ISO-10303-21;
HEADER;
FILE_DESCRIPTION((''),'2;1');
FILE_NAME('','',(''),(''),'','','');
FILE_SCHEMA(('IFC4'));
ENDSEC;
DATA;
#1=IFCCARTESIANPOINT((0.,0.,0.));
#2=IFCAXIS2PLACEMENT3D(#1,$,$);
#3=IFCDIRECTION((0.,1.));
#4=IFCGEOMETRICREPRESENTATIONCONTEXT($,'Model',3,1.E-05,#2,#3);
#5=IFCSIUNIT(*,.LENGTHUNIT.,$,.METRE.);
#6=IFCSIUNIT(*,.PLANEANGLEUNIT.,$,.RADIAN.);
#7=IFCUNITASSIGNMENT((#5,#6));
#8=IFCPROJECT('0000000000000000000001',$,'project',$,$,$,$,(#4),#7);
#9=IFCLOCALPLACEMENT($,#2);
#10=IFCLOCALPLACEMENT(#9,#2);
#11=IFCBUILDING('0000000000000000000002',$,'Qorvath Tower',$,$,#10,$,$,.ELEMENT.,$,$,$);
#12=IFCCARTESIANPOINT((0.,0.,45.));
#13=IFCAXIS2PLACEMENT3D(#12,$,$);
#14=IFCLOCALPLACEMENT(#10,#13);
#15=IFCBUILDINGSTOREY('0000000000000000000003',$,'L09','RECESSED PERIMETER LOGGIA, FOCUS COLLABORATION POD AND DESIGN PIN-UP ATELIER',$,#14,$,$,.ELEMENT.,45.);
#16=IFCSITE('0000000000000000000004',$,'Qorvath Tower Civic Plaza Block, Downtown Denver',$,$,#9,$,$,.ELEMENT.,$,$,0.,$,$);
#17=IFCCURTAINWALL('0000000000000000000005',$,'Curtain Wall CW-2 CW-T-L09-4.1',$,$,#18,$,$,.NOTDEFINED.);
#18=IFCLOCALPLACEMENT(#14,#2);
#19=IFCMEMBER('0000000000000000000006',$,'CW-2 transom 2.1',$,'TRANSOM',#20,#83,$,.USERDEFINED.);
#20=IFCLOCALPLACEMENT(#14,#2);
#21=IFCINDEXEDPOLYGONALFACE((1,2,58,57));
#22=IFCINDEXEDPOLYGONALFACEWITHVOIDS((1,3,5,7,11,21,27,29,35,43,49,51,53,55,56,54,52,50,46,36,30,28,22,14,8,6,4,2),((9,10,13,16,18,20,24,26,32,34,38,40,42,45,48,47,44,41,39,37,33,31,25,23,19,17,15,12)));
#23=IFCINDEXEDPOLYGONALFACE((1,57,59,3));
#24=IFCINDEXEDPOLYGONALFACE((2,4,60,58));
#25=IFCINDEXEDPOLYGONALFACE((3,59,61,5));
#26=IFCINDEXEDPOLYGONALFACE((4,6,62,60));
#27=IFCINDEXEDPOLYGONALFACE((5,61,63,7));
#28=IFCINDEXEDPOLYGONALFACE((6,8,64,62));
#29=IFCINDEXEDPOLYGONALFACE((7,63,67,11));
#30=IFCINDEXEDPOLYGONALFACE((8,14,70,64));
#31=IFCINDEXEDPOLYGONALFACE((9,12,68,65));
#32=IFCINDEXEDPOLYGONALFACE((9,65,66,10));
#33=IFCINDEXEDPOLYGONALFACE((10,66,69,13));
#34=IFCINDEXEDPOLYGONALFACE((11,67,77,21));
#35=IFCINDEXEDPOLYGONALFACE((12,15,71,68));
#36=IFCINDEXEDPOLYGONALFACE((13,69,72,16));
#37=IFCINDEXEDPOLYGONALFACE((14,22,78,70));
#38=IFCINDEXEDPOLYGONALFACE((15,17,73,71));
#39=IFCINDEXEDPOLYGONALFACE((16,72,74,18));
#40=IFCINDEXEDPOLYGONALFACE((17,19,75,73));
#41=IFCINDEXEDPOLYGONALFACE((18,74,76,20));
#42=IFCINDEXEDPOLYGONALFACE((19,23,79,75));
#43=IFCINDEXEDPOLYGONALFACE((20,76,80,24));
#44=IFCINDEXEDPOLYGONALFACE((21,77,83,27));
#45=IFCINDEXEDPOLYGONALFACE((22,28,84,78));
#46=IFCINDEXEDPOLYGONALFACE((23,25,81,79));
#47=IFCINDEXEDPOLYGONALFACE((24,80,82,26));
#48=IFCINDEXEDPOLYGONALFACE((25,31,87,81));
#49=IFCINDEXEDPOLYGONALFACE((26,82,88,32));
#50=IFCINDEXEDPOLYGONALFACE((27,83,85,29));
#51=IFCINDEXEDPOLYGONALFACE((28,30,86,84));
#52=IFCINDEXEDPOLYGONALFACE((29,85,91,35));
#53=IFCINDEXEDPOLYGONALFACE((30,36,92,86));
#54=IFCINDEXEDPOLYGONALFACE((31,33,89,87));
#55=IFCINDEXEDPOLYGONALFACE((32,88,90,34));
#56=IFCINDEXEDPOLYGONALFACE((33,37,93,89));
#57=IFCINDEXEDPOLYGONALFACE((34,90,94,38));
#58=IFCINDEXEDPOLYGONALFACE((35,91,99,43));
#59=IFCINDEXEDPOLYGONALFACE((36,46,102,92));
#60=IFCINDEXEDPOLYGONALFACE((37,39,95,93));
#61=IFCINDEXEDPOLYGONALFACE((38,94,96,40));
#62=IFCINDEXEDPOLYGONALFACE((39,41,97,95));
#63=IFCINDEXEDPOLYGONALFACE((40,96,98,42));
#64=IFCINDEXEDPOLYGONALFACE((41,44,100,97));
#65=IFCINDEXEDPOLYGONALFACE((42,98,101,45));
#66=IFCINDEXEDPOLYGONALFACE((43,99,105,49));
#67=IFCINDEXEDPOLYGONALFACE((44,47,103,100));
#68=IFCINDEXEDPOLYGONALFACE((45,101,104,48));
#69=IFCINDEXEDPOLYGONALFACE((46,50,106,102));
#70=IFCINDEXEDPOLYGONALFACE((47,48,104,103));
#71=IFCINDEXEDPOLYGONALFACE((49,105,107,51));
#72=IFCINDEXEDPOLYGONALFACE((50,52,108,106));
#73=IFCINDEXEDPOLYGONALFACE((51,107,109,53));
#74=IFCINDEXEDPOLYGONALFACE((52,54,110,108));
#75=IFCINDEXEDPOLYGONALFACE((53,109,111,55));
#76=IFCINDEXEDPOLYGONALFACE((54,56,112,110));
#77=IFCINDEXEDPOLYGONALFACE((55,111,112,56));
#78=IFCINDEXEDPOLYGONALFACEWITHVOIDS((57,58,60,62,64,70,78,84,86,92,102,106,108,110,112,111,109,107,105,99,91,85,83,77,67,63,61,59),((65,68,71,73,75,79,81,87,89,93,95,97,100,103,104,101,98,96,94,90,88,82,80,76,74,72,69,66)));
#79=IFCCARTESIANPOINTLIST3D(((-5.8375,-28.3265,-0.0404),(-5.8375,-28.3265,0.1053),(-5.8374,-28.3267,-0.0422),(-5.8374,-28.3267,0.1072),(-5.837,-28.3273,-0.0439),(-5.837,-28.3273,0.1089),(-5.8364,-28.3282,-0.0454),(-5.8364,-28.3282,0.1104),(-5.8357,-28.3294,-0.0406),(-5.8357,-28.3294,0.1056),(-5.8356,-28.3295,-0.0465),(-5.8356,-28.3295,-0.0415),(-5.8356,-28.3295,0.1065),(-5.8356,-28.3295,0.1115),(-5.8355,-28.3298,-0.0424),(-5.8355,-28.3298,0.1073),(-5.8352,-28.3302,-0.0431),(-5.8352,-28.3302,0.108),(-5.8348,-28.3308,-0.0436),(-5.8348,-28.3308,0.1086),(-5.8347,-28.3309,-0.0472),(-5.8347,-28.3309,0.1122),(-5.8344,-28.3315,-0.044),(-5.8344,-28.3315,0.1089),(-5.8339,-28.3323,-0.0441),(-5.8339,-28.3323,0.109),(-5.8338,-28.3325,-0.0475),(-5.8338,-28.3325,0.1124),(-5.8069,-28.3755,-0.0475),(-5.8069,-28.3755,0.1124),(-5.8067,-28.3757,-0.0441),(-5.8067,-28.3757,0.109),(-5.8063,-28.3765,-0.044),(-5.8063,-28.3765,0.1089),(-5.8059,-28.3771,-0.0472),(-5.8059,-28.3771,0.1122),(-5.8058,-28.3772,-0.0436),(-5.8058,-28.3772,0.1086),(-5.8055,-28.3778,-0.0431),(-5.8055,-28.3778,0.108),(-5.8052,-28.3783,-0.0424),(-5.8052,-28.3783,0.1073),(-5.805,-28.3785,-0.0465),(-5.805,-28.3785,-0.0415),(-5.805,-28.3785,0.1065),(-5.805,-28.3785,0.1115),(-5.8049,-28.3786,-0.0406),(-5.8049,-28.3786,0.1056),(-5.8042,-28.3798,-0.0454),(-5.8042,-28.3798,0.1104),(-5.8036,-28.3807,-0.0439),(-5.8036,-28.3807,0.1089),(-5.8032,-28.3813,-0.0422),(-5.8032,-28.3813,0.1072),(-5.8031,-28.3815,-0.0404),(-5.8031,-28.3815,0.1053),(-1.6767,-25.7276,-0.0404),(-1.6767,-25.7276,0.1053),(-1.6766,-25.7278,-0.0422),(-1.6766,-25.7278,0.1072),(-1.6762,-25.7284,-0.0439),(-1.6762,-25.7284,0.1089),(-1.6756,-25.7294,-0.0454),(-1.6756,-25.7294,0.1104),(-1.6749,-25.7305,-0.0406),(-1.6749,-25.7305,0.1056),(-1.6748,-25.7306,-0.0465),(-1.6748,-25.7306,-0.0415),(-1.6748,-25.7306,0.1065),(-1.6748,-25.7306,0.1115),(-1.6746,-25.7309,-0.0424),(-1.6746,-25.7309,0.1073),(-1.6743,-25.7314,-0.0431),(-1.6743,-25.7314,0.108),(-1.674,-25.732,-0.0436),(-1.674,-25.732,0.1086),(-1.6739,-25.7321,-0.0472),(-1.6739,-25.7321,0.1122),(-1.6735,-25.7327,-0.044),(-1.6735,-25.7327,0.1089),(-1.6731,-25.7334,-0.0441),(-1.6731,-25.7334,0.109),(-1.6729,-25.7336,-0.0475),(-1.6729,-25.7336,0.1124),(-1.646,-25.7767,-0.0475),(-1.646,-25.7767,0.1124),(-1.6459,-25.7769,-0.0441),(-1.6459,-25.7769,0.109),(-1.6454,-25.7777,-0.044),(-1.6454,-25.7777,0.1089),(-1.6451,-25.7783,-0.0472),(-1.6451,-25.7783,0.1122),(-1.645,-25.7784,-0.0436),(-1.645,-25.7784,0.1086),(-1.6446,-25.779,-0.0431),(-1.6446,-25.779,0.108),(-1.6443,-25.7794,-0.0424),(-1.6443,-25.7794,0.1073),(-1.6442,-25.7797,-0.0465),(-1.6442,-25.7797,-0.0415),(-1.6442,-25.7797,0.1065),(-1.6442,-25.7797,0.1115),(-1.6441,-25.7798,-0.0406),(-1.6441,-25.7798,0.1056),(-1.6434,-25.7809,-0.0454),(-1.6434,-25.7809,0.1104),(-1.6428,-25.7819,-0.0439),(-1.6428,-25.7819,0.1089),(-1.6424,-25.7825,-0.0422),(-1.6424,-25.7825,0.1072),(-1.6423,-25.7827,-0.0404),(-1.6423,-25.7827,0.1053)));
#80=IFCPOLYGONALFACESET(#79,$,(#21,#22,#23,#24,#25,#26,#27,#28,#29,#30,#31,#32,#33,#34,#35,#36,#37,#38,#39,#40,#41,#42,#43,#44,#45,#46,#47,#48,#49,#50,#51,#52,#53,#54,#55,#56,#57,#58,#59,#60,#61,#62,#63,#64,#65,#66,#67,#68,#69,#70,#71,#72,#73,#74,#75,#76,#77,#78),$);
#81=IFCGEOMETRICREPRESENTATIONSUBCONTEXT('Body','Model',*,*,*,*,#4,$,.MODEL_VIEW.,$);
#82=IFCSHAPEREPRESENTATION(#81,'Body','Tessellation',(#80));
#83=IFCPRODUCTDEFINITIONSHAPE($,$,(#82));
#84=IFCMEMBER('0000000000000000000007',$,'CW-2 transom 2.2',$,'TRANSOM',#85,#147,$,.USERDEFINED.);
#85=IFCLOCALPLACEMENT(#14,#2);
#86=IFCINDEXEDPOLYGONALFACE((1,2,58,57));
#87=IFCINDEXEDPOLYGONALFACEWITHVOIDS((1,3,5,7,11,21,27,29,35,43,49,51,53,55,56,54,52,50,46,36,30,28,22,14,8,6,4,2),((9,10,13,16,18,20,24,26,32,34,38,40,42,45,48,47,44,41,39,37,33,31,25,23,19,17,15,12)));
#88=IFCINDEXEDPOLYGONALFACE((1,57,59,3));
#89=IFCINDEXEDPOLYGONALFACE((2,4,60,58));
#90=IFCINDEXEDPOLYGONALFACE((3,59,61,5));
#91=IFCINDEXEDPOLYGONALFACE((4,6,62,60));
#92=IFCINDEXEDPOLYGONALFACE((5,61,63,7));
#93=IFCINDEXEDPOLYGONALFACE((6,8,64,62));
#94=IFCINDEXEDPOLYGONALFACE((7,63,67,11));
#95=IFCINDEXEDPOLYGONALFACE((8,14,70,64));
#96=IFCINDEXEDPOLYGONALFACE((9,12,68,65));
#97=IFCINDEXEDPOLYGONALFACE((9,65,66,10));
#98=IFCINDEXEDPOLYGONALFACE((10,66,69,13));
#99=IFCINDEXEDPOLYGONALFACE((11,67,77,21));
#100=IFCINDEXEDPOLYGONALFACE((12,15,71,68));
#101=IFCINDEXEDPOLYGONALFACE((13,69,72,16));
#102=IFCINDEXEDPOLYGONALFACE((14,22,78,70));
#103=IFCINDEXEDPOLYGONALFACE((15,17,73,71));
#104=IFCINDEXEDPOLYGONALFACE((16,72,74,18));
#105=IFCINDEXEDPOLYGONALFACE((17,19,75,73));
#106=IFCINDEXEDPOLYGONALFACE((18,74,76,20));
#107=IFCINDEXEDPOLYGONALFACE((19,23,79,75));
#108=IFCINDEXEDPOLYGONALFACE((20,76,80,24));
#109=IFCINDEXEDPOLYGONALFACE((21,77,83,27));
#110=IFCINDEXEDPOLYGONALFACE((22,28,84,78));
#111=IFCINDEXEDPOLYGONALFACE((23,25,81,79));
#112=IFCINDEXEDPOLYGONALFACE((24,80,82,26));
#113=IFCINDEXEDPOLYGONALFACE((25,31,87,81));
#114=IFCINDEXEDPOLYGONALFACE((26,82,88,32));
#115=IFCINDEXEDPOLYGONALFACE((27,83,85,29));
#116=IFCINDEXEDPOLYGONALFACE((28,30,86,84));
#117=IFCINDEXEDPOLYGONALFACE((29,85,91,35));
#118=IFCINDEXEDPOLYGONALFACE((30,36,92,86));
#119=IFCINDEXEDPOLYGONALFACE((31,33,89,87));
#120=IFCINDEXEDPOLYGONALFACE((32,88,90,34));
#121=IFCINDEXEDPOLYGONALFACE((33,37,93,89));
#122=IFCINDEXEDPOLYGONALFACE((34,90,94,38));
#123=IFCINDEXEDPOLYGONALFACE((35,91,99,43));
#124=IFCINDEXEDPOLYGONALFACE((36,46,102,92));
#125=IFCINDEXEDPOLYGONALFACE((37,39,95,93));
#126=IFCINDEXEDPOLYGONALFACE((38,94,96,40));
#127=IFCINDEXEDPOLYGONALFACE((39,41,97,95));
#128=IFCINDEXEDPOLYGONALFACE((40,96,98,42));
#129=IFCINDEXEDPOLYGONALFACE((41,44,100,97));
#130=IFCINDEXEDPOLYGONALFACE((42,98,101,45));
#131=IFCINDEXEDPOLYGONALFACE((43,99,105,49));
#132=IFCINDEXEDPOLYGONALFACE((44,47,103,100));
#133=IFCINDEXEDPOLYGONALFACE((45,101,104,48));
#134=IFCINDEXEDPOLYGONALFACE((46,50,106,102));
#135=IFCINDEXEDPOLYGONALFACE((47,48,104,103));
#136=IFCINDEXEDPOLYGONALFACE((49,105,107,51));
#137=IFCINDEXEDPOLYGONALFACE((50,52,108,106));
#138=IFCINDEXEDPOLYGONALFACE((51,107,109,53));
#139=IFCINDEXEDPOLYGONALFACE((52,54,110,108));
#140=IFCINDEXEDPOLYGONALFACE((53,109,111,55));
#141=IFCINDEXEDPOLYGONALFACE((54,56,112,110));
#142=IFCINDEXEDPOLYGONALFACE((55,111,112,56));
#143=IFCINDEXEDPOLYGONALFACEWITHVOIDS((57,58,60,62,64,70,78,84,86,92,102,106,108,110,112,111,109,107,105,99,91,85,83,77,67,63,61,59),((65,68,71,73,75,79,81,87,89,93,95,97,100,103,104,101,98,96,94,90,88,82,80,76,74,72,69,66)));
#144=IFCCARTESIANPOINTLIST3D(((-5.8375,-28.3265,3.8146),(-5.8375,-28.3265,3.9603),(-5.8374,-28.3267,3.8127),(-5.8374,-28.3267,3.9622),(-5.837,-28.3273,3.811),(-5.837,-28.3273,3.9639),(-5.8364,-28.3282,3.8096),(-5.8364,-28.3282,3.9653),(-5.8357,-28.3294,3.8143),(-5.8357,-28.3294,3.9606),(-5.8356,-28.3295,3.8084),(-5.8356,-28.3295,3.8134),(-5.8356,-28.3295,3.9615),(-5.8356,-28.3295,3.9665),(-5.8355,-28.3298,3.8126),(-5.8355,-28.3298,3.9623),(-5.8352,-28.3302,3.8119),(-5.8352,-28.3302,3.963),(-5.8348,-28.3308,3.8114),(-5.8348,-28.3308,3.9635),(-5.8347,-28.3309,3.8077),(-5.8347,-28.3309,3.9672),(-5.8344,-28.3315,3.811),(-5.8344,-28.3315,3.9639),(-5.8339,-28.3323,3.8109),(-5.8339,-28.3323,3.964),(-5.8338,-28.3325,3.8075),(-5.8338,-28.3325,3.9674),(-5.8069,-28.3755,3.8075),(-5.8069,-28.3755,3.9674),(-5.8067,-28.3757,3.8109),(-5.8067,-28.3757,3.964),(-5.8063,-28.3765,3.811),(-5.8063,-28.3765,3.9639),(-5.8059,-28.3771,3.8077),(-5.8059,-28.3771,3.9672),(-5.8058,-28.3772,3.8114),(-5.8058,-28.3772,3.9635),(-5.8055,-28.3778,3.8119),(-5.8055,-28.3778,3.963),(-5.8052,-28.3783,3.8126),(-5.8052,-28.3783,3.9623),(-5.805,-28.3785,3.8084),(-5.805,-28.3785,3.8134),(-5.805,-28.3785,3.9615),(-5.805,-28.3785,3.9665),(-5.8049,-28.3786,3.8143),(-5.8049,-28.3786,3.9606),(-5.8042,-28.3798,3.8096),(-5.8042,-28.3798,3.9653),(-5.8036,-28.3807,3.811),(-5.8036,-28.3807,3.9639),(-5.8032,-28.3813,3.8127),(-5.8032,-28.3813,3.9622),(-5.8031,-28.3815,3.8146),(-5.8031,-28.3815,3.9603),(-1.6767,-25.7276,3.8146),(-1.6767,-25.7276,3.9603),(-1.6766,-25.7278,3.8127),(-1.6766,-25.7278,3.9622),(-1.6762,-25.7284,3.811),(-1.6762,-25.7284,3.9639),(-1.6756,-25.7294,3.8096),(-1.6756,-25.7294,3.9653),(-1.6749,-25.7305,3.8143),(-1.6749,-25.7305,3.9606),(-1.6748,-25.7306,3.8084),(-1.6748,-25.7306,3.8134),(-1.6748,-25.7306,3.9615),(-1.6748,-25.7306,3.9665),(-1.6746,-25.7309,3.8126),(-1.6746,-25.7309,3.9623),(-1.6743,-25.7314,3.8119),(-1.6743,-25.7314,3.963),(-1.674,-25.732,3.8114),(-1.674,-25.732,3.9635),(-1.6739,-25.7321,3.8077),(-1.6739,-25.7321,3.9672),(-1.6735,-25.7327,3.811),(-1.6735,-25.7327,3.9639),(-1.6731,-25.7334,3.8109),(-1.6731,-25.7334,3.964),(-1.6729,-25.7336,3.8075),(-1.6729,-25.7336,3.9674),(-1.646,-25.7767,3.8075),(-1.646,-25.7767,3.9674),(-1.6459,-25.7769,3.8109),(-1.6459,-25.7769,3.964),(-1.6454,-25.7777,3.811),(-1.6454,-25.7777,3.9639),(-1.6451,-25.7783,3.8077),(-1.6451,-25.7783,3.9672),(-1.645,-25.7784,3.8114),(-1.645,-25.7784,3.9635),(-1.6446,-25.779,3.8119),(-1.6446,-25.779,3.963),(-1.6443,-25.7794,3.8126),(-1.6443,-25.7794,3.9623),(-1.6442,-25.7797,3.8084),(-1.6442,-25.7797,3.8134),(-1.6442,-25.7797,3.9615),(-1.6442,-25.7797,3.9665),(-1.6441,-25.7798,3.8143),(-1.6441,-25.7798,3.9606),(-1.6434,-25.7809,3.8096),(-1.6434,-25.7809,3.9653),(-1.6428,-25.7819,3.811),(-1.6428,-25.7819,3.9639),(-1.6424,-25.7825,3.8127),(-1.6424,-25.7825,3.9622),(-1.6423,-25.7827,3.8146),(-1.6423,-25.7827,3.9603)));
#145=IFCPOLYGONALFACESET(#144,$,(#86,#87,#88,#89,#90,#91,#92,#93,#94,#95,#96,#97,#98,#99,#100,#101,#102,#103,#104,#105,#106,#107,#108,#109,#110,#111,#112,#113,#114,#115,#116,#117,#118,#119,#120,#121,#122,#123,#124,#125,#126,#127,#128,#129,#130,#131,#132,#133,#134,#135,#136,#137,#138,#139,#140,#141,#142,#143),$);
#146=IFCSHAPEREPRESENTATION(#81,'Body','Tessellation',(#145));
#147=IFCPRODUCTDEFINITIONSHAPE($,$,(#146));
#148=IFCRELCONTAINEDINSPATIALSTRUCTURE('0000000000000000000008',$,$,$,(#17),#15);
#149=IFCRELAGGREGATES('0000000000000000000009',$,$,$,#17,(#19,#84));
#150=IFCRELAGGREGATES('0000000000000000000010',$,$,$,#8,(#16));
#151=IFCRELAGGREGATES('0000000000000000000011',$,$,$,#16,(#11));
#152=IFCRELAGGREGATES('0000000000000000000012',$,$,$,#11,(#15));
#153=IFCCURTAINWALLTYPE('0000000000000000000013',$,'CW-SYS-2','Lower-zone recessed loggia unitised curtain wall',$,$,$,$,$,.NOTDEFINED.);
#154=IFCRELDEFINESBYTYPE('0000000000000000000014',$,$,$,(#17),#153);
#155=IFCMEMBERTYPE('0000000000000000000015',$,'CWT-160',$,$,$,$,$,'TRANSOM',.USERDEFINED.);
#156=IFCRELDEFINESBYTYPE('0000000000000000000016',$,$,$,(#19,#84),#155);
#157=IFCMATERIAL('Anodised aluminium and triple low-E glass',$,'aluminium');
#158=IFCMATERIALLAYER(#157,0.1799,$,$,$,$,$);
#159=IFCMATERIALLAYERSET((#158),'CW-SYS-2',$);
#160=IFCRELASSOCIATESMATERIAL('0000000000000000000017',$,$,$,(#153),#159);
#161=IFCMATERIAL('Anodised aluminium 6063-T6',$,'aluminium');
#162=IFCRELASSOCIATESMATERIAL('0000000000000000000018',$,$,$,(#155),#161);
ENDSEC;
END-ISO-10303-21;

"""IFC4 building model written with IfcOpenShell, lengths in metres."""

from ifc_helpers import new_model, si_unit, direction, frame, origin, origin_2d, place, context, subcontext, project, spatial, hollow_rectangle, extrude, material, layer, layer_set, material_profile, profile_set, type_object, element, aggregate, save


model = new_model("IFC4")

# Units and contexts
model_context = context("Model", 3, precision=1e-05, world=origin(), true_north=direction((0.0, 1.0)))
body_context = subcontext(model_context, "Body", "Model", "MODEL_VIEW")
ifc_project = project(units=[si_unit("LENGTHUNIT", "METRE"), si_unit("PLANEANGLEUNIT", "RADIAN")], contexts=[model_context])

# Site, building, storey
site_placement = place(None, origin())
site = spatial("IfcSite", under=ifc_project, at=site_placement, Name="Qorvath Tower Civic Plaza Block, Downtown Denver", CompositionType="ELEMENT", RefElevation=0.0)
building_placement = place(site_placement, origin())
building = spatial("IfcBuilding", under=site, at=building_placement, Name="Qorvath Tower", CompositionType="ELEMENT")
storey_placement = place(building_placement, frame((0.0, 0.0, 45.0)))
storey = spatial("IfcBuildingStorey", under=building, at=storey_placement, Name="L09", Description="RECESSED PERIMETER LOGGIA, FOCUS COLLABORATION POD AND DESIGN PIN-UP ATELIER", CompositionType="ELEMENT", Elevation=45.0)

# Curtain wall
ifc_material_1 = material(Name="Anodised aluminium and triple low-E glass", Category="aluminium")
ifc_layer_1 = layer(ifc_material_1, 0.1799)
ifc_layer_set_1 = layer_set([ifc_layer_1], Name="CW-SYS-2")
curtain_wall_type = type_object("IfcCurtainWallType", Name="CW-SYS-2", Description="Lower-zone recessed loggia unitised curtain wall", PredefinedType="NOTDEFINED", material=ifc_layer_set_1)
curtain_wall_1_placement = place(storey_placement, origin())
curtain_wall_1 = element("IfcCurtainWall", 1, at=curtain_wall_1_placement, inside=storey, type_object=curtain_wall_type, Name="Curtain Wall CW-2 CW-T-L09-4.1", PredefinedType="NOTDEFINED")

# Members
ifc_material_2 = material(Name="Anodised aluminium 6063-T6", Category="aluminium")
ifc_material_profile_1 = material_profile(ifc_material_2, hollow_rectangle(XDim=0.0649, YDim=0.1599, WallThickness=0.0034, InnerFilletRadius=0.0034, OuterFilletRadius=0.0071, at=origin_2d()), Name="CWT 160x65")
ifc_profile_set_1 = profile_set([ifc_material_profile_1], Name="Anodised aluminium 6063-T6")
member_type_1 = type_object("IfcMemberType", Name="CWT-160", ElementType="TRANSOM", PredefinedType="USERDEFINED", material=ifc_profile_set_1)
member_1_placement = place(storey_placement, frame((-5.8203, -28.354, 0.0325), z_axis=(0.848152, 0.529753, 0.0), x_axis=(-0.529753, 0.848152, 0.0)))
member_1 = element("IfcMember", 2, at=member_1_placement, type_object=member_type_1, Name="CW-2 transom 2.1", ObjectType="TRANSOM", PredefinedType="USERDEFINED", context=body_context, shape_type="SweptSolid", body=[
    extrude(hollow_rectangle(XDim=0.0649, YDim=0.1599, WallThickness=0.0034, InnerFilletRadius=0.0034, OuterFilletRadius=0.0071, at=origin_2d()), origin(), (0.0, 0.0, 1.0), 4.9058),
])
member_2_placement = place(storey_placement, frame((-5.8203, -28.354, 3.8875), z_axis=(0.848152, 0.529753, 0.0), x_axis=(-0.529753, 0.848152, 0.0)))
member_2 = element("IfcMember", 3, at=member_2_placement, type_object=member_type_1, Name="CW-2 transom 2.2", ObjectType="TRANSOM", PredefinedType="USERDEFINED", context=body_context, shape_type="SweptSolid", body=[
    extrude(hollow_rectangle(XDim=0.0649, YDim=0.1599, WallThickness=0.0034, InnerFilletRadius=0.0034, OuterFilletRadius=0.0071, at=origin_2d()), origin(), (0.0, 0.0, 1.0), 4.9058),
])

aggregate(curtain_wall_1, [member_1, member_2])

save(model, "model.ifc")
